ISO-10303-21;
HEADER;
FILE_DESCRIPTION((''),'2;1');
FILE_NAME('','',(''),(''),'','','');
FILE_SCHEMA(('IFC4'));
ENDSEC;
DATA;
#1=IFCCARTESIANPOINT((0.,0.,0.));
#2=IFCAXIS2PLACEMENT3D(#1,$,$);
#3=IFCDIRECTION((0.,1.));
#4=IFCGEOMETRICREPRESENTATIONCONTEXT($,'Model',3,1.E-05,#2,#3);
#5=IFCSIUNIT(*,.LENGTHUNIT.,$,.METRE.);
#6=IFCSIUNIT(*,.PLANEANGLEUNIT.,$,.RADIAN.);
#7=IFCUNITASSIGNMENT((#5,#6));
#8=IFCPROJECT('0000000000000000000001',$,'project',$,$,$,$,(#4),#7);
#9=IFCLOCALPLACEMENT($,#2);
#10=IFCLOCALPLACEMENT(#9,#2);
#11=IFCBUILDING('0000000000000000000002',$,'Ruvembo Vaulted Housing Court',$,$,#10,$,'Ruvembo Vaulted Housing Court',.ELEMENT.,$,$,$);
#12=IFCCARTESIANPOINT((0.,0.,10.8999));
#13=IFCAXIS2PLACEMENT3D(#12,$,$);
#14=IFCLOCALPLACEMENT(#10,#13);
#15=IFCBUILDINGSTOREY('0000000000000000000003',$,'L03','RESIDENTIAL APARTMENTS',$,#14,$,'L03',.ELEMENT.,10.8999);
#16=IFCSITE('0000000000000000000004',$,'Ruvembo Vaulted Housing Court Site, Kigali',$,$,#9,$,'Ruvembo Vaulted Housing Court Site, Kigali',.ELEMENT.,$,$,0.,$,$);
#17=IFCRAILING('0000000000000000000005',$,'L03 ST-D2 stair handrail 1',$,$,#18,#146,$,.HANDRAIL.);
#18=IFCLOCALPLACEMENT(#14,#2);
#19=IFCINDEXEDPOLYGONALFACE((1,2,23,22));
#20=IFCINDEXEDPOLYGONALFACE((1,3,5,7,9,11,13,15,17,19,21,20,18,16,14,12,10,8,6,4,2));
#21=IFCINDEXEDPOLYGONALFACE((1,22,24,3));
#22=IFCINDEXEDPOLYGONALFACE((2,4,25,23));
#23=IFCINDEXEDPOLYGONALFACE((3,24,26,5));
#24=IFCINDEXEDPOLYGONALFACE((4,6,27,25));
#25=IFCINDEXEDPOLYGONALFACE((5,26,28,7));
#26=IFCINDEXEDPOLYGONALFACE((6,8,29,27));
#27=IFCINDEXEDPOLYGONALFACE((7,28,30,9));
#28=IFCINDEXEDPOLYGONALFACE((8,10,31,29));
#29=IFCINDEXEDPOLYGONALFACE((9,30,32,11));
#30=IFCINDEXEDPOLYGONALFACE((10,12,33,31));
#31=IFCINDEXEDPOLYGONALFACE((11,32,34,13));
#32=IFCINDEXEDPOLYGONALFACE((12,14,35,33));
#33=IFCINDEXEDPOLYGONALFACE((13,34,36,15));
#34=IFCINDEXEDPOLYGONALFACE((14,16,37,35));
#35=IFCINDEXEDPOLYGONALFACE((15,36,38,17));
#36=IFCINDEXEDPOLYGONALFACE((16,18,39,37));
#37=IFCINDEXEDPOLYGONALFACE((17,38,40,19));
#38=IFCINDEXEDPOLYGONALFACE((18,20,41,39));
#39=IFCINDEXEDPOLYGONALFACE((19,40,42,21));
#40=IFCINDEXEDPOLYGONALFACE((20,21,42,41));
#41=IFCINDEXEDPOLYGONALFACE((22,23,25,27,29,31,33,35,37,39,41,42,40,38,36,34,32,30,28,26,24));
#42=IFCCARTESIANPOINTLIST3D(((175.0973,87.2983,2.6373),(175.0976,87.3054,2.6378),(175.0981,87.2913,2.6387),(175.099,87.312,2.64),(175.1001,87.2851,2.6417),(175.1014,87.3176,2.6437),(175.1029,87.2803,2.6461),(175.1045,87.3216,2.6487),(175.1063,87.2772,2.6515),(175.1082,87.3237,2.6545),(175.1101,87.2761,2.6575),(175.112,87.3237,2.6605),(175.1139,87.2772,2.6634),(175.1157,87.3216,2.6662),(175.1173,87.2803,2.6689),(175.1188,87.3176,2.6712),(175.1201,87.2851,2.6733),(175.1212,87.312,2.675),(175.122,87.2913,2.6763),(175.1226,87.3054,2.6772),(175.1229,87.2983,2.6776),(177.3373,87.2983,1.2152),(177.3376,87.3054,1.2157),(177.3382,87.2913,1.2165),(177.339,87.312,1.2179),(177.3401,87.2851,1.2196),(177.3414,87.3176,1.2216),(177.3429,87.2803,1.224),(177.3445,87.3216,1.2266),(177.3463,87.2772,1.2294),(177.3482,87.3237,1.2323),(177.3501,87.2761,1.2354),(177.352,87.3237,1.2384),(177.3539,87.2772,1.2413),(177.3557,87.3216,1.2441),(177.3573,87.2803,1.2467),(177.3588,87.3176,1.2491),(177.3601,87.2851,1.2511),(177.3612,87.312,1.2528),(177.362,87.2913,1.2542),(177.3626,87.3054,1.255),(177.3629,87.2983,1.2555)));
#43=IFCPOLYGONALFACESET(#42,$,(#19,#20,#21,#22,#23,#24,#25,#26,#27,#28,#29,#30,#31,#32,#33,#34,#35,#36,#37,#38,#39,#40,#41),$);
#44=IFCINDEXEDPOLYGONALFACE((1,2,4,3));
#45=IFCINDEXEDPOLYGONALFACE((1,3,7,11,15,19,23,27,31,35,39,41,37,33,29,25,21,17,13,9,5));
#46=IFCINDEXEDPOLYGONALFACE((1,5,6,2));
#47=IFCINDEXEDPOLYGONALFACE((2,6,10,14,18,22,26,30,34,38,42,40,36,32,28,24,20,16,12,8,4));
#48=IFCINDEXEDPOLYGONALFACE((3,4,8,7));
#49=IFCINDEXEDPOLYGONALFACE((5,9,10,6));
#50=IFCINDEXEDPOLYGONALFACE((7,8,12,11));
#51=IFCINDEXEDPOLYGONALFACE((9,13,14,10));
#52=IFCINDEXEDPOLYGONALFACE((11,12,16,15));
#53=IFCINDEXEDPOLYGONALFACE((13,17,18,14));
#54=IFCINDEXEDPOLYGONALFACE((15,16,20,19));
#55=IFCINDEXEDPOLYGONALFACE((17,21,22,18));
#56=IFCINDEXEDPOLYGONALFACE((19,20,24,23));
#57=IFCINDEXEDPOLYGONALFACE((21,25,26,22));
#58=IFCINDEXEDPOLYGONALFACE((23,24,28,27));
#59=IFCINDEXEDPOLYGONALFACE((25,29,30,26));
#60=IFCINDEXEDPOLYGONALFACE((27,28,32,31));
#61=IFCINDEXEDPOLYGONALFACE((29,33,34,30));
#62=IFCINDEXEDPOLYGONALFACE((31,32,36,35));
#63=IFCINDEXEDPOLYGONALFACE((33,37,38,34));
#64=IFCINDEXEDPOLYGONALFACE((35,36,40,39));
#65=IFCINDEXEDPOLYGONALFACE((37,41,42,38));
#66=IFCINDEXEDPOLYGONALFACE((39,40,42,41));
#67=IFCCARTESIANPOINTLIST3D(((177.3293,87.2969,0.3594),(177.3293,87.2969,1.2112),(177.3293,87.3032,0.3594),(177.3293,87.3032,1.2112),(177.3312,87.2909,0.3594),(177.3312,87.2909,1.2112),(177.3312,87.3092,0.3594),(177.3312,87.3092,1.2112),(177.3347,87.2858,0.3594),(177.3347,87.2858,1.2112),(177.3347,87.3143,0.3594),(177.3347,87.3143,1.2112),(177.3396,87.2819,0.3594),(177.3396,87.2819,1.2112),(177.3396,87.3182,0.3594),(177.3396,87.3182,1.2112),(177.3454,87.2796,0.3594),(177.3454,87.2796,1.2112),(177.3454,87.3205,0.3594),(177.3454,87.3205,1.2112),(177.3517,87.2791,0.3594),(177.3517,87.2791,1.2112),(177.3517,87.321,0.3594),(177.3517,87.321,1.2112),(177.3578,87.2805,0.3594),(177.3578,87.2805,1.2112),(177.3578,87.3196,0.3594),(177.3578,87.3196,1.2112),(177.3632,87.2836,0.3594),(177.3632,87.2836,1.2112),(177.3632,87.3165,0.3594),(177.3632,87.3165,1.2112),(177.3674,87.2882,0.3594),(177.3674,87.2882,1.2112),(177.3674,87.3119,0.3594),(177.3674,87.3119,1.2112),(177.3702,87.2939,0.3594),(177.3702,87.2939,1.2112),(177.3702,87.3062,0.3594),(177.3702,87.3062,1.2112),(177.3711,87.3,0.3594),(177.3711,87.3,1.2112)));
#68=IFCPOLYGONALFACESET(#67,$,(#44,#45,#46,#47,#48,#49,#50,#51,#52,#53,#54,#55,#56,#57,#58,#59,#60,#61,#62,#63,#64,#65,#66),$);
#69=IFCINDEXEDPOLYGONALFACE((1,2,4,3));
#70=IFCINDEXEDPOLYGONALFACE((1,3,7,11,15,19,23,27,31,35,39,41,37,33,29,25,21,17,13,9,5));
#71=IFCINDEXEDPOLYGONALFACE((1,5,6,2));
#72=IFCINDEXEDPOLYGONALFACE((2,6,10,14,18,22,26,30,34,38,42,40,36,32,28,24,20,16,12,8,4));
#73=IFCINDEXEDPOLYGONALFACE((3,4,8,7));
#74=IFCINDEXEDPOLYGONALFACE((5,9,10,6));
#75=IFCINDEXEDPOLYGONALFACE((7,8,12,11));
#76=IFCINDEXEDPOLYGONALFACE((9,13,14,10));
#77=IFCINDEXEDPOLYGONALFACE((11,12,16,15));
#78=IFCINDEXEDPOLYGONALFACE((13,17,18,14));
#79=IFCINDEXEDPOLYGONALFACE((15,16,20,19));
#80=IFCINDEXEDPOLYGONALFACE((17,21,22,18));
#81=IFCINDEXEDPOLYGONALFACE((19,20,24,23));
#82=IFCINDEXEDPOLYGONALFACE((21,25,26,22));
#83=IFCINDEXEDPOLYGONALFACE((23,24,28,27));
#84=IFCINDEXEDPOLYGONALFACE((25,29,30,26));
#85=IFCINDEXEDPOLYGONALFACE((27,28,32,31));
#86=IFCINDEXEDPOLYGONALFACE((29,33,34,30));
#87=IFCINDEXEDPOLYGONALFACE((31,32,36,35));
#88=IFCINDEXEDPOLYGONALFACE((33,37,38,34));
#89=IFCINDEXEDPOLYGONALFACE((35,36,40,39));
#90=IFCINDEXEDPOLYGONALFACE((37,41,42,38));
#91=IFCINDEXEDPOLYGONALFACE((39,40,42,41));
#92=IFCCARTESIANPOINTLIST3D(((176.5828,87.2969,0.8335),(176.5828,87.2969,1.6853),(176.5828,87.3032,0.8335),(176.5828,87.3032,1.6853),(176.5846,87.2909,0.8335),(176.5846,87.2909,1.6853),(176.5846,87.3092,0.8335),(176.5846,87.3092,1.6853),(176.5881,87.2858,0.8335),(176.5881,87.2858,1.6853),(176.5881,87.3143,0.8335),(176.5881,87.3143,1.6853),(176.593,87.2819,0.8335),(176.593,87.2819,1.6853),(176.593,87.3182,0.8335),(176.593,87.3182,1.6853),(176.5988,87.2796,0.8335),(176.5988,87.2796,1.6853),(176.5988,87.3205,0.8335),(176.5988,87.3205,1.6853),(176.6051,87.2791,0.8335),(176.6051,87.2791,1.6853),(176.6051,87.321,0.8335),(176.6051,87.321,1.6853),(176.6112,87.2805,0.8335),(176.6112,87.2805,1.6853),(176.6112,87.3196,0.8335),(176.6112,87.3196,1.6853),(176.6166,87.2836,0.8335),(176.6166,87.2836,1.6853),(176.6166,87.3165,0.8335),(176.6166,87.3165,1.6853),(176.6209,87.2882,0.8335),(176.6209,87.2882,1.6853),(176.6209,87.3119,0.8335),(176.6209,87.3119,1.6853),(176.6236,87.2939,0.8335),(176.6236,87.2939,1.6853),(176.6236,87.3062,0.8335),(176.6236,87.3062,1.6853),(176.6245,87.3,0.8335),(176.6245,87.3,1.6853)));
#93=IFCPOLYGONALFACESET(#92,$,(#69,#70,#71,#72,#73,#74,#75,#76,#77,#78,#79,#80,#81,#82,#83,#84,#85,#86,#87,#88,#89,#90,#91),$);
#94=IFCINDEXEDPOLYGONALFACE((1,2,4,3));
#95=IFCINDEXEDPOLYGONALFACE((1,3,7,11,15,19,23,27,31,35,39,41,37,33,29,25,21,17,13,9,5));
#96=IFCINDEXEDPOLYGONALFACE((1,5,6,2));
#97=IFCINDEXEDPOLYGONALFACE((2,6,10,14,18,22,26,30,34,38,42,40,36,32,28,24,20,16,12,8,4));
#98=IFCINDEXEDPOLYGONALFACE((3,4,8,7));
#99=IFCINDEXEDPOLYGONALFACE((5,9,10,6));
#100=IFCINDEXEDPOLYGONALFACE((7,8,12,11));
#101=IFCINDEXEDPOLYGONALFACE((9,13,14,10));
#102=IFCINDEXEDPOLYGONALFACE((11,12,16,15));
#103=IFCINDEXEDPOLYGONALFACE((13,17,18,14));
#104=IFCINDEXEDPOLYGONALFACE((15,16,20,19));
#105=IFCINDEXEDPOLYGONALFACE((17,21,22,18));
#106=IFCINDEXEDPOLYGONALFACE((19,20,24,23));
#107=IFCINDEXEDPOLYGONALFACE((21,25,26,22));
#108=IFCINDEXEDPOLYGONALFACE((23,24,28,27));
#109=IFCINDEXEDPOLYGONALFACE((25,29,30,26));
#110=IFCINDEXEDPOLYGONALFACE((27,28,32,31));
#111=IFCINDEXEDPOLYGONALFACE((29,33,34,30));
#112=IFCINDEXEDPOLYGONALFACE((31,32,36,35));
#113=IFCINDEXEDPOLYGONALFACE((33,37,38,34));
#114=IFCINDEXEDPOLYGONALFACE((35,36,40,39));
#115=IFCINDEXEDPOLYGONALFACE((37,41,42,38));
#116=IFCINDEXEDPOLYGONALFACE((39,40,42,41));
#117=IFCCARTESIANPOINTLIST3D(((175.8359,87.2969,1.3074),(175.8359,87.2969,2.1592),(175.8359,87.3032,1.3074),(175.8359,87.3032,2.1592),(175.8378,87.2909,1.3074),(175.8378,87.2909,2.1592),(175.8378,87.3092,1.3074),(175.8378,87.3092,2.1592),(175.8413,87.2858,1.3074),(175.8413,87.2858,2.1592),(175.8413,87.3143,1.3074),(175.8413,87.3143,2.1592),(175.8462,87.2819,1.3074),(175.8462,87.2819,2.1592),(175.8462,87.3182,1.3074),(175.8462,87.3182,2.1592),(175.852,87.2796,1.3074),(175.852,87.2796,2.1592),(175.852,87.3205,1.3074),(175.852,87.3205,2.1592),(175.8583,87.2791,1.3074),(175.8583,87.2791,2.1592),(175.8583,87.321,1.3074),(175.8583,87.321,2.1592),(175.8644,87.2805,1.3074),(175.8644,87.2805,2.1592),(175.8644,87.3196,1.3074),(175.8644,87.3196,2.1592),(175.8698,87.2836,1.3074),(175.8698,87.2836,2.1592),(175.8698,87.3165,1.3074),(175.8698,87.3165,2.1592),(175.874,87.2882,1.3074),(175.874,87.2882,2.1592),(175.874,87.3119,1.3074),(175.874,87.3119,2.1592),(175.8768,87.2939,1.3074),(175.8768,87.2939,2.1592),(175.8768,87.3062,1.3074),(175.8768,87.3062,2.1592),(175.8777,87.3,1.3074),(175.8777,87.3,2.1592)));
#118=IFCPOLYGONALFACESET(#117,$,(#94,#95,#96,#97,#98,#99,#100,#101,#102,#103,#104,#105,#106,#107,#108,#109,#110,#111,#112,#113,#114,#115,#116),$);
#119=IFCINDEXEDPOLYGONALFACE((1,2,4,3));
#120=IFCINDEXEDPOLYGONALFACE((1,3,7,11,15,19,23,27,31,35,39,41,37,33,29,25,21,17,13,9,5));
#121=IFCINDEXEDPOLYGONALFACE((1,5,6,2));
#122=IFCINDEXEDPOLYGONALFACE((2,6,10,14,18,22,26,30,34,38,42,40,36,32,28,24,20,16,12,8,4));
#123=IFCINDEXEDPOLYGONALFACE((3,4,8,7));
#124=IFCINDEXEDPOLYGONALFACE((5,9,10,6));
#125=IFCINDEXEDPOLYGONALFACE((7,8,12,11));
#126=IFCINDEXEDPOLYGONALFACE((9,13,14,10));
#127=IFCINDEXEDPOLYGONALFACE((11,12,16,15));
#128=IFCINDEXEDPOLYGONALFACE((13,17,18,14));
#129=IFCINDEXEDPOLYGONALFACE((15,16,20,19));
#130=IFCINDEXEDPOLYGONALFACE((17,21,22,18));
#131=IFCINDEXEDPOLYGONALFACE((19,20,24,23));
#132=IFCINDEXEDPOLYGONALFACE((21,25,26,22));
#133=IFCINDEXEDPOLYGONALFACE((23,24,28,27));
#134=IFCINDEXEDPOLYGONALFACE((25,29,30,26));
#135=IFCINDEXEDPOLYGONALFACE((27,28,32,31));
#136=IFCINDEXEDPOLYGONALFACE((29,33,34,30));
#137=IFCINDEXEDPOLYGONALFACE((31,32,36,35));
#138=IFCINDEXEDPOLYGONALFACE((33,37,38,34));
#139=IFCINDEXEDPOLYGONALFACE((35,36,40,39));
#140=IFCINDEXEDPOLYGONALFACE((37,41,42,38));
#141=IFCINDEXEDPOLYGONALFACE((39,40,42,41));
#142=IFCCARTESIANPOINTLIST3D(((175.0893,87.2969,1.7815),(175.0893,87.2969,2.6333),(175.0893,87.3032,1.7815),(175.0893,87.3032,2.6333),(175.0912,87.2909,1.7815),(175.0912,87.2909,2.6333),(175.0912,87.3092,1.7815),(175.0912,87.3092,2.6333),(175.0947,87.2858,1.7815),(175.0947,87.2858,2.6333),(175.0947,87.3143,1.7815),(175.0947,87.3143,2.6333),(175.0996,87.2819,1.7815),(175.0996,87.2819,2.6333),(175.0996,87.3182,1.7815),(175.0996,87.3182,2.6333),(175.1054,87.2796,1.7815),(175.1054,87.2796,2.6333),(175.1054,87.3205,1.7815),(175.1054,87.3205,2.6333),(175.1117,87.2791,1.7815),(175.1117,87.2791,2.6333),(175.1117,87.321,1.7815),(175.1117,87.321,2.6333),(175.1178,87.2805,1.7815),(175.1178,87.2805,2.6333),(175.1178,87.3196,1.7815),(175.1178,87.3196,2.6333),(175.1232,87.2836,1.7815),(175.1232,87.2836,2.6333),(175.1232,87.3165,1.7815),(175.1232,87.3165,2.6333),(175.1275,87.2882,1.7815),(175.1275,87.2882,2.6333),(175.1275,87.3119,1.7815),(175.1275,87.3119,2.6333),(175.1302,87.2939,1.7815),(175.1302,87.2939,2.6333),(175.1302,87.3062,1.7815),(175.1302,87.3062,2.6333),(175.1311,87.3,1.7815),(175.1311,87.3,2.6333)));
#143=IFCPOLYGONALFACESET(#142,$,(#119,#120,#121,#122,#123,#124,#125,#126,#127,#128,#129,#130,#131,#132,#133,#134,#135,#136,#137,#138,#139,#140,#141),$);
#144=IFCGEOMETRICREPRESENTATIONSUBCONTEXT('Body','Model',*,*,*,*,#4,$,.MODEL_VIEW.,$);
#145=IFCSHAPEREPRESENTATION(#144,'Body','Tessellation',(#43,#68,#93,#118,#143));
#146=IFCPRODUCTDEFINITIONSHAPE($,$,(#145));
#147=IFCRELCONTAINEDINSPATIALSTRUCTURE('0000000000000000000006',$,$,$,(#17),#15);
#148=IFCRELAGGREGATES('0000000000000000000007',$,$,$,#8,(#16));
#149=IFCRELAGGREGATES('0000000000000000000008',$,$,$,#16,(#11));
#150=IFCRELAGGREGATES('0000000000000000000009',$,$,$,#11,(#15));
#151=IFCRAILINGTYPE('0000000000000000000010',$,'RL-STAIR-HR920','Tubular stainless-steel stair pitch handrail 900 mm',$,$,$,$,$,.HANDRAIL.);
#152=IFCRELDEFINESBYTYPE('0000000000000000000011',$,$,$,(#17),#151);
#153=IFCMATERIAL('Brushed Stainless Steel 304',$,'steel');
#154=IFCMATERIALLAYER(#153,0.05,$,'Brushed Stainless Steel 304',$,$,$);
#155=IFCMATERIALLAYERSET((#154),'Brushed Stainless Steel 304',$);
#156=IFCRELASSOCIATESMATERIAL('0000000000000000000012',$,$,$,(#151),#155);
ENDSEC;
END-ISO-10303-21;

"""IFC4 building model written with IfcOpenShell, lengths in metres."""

from ifc_helpers import new_model, si_unit, direction, frame, origin, origin_2d, place, context, subcontext, project, spatial, circle, extrude, material, layer, layer_set, type_object, element, save


model = new_model("IFC4")

# Units and contexts
model_context = context("Model", 3, precision=1e-05, world=origin(), true_north=direction((0.0, 1.0)))
body_context = subcontext(model_context, "Body", "Model", "MODEL_VIEW")
ifc_project = project(units=[si_unit("LENGTHUNIT", "METRE"), si_unit("PLANEANGLEUNIT", "RADIAN")], contexts=[model_context])

# Site, building, storey
site_placement = place(None, origin())
site = spatial("IfcSite", under=ifc_project, at=site_placement, Name="Ruvembo Vaulted Housing Court Site, Kigali", LongName="Ruvembo Vaulted Housing Court Site, Kigali", CompositionType="ELEMENT", RefElevation=0.0)
building_placement = place(site_placement, origin())
building = spatial("IfcBuilding", under=site, at=building_placement, Name="Ruvembo Vaulted Housing Court", LongName="Ruvembo Vaulted Housing Court", CompositionType="ELEMENT")
storey_placement = place(building_placement, frame((0.0, 0.0, 10.8999)))
storey = spatial("IfcBuildingStorey", under=building, at=storey_placement, Name="L03", Description="RESIDENTIAL APARTMENTS", LongName="L03", CompositionType="ELEMENT", Elevation=10.8999)

# Shared definitions
ifc_material_1 = material(Name="Brushed Stainless Steel 304", Category="steel")

# Railing
ifc_layer_1 = layer(ifc_material_1, 0.05, Name="Brushed Stainless Steel 304")
ifc_layer_set_1 = layer_set([ifc_layer_1], Name="Brushed Stainless Steel 304")
railing_type_1 = type_object("IfcRailingType", Name="RL-STAIR-HR920", Description="Tubular stainless-steel stair pitch handrail 900 mm", PredefinedType="HANDRAIL", material=ifc_layer_set_1)
railing_1_placement = place(storey_placement, frame((177.3501, 87.3, 0.3594)))
element("IfcRailing", 1, at=railing_1_placement, inside=storey, type_object=railing_type_1, Name="L03 ST-D2 stair handrail 1", PredefinedType="HANDRAIL", context=body_context, shape_type="SweptSolid", body=[
    extrude(circle(Radius=0.0239, at=origin_2d()), frame((0.0, 0.0, 0.876), z_axis=(-0.844229, 0.0, 0.535982), x_axis=(0.0, -1.0, 0.0)), (0.0, 0.0, 1.0), 2.6533),
    extrude(circle(Radius=0.021, at=origin_2d()), origin(), (0.0, 0.0, 1.0), 0.8518),
    extrude(circle(Radius=0.021, at=origin_2d()), frame((-0.7466, 0.0, 0.4741)), (0.0, 0.0, 1.0), 0.8518),
    extrude(circle(Radius=0.021, at=origin_2d()), frame((-1.4934, 0.0, 0.948)), (0.0, 0.0, 1.0), 0.8518),
    extrude(circle(Radius=0.021, at=origin_2d()), frame((-2.24, 0.0, 1.4221)), (0.0, 0.0, 1.0), 0.8518),
])

save(model, "model.ifc")
